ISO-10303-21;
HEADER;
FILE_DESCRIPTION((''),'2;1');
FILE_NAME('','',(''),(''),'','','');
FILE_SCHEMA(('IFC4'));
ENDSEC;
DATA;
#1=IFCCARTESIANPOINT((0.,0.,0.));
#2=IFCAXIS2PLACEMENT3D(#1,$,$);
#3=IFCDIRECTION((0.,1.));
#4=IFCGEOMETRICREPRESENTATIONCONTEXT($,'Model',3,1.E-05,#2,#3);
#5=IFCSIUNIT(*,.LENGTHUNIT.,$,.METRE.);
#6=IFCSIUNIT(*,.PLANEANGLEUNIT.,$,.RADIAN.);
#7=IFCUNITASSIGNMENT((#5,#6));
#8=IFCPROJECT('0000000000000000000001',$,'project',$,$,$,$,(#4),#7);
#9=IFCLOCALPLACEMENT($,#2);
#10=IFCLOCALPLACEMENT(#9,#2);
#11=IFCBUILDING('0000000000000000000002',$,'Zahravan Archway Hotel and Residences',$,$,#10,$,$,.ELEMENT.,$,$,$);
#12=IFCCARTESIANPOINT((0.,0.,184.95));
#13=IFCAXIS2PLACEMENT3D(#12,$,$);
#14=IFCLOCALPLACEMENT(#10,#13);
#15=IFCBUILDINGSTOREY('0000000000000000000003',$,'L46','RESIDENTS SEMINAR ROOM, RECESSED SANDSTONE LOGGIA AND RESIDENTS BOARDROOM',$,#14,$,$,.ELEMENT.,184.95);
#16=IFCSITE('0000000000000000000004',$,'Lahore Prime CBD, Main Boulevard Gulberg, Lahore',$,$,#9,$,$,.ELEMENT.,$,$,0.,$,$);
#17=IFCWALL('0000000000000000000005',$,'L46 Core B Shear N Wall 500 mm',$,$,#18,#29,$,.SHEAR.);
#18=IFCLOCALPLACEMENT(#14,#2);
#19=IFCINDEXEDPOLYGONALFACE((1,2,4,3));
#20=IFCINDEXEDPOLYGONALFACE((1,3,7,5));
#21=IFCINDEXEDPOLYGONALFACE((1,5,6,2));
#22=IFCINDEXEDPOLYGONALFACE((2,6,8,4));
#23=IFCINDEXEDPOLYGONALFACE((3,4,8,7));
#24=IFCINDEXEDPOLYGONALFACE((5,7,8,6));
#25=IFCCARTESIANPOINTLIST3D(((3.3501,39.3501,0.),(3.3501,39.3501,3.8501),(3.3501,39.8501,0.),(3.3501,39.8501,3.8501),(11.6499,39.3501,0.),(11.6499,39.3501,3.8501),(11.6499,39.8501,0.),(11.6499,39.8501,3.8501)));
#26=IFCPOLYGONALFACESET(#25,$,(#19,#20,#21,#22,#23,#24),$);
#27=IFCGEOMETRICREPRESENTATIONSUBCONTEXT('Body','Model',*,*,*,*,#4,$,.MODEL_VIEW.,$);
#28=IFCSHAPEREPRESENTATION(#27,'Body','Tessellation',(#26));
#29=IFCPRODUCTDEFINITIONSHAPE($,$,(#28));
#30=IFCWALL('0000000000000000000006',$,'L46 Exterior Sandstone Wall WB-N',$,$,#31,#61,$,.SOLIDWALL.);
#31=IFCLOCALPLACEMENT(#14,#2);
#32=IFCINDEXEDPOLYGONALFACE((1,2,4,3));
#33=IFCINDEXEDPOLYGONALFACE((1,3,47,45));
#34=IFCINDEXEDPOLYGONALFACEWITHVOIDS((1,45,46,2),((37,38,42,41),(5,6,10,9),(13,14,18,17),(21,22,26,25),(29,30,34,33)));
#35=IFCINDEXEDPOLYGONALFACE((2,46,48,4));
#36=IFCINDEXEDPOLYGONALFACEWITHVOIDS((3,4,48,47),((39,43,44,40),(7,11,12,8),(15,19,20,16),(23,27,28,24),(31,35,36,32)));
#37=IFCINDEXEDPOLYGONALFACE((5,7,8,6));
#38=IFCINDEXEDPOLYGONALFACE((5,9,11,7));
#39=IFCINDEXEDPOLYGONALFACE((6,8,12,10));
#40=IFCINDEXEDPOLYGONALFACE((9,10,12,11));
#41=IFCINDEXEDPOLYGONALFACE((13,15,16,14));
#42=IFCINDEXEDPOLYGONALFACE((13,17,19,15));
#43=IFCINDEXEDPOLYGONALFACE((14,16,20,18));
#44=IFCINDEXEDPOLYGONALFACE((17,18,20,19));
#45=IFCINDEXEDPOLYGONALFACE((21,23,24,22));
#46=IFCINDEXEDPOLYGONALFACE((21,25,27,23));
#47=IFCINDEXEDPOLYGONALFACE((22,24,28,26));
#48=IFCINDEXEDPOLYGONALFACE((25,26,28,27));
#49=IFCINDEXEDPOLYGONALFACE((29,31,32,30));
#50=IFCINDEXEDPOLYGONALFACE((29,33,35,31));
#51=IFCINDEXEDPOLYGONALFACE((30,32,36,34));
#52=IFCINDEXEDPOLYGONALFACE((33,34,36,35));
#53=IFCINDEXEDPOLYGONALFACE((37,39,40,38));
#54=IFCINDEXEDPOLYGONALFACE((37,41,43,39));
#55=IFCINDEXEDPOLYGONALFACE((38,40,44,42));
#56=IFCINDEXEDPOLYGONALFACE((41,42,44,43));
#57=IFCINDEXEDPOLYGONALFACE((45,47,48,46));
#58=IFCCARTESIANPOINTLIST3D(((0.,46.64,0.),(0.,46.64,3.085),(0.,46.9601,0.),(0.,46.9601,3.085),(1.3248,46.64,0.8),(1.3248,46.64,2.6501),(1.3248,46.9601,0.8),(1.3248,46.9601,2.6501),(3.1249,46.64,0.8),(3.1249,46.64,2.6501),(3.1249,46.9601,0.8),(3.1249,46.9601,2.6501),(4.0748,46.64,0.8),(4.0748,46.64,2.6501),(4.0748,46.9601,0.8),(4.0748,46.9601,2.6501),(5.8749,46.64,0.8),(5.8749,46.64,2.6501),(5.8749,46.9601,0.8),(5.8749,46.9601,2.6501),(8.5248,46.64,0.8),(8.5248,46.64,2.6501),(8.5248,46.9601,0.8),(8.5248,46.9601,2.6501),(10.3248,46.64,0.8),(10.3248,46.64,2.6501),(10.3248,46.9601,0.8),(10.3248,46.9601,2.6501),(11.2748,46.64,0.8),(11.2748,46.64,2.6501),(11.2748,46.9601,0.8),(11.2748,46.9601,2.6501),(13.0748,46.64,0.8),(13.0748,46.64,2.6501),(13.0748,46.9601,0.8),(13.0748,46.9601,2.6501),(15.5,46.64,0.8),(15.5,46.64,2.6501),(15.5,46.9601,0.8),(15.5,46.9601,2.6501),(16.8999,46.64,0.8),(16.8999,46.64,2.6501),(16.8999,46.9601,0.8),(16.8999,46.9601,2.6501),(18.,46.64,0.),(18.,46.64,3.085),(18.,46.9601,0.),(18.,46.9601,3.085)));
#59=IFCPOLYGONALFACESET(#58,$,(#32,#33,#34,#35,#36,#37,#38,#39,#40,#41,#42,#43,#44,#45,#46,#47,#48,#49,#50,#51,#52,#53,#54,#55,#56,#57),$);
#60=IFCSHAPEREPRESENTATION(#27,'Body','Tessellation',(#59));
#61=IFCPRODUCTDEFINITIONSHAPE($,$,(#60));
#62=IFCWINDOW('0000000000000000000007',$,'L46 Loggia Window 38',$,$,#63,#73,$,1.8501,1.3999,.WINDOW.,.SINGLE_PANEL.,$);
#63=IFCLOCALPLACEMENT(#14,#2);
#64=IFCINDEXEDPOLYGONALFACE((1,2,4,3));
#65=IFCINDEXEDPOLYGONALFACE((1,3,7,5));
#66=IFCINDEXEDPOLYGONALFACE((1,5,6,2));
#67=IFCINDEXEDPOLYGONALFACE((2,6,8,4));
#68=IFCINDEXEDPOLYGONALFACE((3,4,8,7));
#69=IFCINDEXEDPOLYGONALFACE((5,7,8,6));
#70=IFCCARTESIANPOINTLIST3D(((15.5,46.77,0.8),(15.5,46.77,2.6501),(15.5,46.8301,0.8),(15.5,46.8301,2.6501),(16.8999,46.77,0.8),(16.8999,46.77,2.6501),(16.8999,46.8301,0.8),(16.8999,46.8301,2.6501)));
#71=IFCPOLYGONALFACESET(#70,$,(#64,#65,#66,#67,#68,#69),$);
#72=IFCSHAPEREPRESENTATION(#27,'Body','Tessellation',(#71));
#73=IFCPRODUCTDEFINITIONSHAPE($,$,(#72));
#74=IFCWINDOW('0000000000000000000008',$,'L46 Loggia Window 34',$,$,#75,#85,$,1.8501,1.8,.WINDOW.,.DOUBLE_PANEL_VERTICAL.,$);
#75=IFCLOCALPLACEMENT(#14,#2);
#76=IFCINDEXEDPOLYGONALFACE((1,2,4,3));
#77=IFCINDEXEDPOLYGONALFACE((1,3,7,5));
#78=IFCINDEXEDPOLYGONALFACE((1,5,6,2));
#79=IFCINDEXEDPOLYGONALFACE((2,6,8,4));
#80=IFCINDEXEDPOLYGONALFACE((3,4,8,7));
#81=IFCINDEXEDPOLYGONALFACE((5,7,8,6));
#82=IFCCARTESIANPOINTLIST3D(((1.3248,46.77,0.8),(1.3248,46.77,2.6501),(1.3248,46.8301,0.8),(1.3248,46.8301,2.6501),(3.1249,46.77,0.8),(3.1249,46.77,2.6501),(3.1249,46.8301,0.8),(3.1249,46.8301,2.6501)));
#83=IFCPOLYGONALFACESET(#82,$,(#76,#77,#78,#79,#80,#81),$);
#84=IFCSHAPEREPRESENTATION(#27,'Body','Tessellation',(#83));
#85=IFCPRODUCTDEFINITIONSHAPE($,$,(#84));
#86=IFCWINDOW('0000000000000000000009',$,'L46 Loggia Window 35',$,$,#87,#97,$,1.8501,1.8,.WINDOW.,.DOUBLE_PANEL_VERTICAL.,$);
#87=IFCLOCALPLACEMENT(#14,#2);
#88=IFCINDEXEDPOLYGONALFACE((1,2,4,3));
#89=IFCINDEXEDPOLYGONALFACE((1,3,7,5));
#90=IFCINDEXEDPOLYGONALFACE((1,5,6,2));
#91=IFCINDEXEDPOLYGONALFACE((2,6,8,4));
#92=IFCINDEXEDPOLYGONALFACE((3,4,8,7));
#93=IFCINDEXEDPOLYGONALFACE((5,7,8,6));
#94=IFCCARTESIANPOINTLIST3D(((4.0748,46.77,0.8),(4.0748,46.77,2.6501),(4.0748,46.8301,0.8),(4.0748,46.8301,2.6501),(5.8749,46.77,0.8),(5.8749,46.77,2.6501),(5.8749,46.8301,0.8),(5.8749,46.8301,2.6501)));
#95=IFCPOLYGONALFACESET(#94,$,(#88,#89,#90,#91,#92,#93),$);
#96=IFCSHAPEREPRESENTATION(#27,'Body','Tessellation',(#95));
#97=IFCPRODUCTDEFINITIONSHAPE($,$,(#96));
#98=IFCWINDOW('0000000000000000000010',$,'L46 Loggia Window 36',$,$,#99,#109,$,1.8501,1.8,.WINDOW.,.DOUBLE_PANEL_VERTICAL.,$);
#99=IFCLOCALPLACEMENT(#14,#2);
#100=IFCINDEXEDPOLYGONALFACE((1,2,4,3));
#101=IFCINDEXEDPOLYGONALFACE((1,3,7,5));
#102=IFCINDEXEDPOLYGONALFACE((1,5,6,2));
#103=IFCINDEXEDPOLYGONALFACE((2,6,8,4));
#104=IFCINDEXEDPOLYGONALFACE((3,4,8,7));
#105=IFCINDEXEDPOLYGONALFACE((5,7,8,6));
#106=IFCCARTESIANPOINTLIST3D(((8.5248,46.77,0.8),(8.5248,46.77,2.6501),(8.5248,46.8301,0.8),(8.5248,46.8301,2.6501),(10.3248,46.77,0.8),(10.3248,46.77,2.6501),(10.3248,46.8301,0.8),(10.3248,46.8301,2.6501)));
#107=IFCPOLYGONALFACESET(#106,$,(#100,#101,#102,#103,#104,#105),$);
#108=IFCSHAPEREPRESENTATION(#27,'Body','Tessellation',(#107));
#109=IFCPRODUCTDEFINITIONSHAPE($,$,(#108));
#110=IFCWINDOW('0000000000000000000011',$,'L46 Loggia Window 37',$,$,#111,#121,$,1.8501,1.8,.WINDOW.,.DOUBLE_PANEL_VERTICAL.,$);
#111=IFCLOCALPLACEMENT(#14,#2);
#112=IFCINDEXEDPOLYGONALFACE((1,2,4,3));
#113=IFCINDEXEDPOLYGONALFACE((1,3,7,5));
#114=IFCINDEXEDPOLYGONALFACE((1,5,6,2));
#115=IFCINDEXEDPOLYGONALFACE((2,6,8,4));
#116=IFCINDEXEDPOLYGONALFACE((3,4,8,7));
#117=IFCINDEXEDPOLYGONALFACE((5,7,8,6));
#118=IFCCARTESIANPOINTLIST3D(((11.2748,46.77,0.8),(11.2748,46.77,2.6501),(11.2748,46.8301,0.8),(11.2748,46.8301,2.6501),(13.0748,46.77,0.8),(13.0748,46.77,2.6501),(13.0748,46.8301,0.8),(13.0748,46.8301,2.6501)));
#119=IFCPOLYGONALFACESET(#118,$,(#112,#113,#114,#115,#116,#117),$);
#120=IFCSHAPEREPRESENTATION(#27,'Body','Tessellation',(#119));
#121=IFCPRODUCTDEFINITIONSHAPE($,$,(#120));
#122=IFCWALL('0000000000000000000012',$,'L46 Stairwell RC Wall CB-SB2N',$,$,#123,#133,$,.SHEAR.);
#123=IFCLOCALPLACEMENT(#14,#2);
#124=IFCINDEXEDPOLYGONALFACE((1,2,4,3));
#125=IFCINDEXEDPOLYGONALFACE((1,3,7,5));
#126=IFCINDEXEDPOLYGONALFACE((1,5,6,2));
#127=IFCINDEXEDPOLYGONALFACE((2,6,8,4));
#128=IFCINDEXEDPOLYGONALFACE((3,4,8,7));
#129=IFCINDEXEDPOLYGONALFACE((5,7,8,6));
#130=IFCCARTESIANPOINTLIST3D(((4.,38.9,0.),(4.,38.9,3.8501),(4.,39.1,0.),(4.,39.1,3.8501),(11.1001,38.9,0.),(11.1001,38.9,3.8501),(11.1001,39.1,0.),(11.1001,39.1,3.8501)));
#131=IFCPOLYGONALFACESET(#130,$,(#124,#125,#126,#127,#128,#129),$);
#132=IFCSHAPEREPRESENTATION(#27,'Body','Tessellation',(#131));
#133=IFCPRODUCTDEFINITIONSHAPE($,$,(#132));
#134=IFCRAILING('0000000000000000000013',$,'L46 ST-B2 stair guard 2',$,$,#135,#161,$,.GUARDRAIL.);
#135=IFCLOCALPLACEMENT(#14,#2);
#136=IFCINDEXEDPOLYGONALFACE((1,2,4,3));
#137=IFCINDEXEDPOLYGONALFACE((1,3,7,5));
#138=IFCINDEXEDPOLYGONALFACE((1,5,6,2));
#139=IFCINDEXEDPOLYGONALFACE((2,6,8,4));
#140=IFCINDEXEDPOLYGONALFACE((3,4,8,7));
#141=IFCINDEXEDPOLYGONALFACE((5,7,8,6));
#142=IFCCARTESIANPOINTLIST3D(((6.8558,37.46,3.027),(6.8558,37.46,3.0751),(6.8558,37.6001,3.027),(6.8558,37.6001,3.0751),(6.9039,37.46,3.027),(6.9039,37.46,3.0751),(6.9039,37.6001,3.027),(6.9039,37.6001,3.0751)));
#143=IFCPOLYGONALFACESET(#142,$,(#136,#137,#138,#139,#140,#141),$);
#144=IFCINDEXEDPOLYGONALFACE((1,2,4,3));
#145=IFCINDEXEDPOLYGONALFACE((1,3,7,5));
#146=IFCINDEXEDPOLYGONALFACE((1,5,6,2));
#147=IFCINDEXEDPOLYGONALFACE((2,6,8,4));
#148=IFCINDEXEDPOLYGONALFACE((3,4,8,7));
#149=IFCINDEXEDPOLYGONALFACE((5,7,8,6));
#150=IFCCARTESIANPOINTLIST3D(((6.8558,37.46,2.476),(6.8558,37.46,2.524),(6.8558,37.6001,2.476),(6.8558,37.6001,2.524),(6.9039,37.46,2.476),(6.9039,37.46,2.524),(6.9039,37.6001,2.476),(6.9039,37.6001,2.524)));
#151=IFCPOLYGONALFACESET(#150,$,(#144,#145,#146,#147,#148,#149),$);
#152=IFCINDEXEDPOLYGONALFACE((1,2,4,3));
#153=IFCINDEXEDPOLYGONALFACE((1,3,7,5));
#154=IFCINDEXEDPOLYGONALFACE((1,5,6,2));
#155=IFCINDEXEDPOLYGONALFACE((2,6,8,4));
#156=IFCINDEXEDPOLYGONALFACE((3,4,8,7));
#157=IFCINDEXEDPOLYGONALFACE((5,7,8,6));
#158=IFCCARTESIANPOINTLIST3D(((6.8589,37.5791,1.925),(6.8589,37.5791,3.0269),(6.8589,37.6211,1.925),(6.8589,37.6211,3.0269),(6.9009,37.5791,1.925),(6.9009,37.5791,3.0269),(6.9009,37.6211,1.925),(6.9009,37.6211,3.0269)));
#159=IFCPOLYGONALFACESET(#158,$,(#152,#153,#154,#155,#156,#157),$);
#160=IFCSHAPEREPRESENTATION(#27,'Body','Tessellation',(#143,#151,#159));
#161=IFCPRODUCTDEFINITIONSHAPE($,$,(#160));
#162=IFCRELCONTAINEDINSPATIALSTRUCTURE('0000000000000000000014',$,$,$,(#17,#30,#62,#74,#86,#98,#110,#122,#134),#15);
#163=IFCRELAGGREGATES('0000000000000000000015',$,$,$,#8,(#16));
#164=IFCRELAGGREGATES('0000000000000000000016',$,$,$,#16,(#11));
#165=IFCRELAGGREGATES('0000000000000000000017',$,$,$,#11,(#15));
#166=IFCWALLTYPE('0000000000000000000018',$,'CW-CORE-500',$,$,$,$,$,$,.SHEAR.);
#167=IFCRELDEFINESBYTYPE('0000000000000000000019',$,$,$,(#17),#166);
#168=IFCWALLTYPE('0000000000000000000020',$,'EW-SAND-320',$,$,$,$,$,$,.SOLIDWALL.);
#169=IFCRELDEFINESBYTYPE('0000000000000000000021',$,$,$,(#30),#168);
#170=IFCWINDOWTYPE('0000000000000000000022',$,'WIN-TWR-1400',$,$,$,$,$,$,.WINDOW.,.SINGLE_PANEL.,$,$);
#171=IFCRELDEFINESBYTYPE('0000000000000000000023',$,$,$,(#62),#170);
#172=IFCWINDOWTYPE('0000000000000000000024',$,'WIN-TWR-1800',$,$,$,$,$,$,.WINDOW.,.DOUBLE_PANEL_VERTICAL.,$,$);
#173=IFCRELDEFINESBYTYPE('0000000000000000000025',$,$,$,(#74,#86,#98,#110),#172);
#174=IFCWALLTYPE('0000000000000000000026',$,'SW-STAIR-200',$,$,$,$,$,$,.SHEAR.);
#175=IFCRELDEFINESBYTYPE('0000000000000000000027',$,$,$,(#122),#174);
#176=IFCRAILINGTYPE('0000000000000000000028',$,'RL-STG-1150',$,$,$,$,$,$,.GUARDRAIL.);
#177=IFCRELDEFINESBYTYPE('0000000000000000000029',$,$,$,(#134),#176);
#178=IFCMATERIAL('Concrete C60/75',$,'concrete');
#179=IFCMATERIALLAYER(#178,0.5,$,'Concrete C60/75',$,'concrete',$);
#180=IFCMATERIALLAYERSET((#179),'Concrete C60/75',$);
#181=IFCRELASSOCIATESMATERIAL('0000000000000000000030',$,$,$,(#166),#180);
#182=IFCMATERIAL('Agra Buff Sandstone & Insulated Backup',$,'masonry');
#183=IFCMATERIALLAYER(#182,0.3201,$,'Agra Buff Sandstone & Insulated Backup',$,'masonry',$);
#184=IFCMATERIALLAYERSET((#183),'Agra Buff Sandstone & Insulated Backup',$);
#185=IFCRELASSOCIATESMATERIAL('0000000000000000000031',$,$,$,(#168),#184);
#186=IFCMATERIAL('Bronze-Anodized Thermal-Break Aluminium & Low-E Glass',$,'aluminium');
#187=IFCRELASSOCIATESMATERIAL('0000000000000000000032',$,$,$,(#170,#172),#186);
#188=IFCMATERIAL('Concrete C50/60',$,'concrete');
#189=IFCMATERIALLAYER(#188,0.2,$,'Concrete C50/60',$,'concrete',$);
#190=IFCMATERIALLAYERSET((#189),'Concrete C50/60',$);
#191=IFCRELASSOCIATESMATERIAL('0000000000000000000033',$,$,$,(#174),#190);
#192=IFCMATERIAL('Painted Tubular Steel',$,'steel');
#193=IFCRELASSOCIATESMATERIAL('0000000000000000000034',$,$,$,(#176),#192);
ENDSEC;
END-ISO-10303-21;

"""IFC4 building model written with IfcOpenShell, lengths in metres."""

from ifc_helpers import new_model, si_unit, direction, frame, frame_2d, origin, origin_2d, place, context, subcontext, project, spatial, rectangle, extrude, source, transform, mapped, material, layer, layer_set, type_object, type_shapes, element, fill, save


model = new_model("IFC4")

# Units and contexts
model_context = context("Model", 3, precision=1e-05, world=origin(), true_north=direction((0.0, 1.0)))
body_context = subcontext(model_context, "Body", "Model", "MODEL_VIEW")
ifc_project = project(units=[si_unit("LENGTHUNIT", "METRE"), si_unit("PLANEANGLEUNIT", "RADIAN")], contexts=[model_context])

# Site, building, storey
site_placement = place(None, origin())
site = spatial("IfcSite", under=ifc_project, at=site_placement, Name="Lahore Prime CBD, Main Boulevard Gulberg, Lahore", CompositionType="ELEMENT", RefElevation=0.0)
building_placement = place(site_placement, origin())
building = spatial("IfcBuilding", under=site, at=building_placement, Name="Zahravan Archway Hotel and Residences", CompositionType="ELEMENT")
storey_placement = place(building_placement, frame((0.0, 0.0, 184.95)))
storey = spatial("IfcBuildingStorey", under=building, at=storey_placement, Name="L46", Description="RESIDENTS SEMINAR ROOM, RECESSED SANDSTONE LOGGIA AND RESIDENTS BOARDROOM", CompositionType="ELEMENT", Elevation=184.95)

# Shared definitions
ifc_material_1 = material(Name="Concrete C60/75", Category="concrete")

# Wall
ifc_layer_1 = layer(ifc_material_1, 0.5, Name="Concrete C60/75", Category="concrete")
ifc_layer_set_1 = layer_set([ifc_layer_1], Name="Concrete C60/75")
wall_type_1 = type_object("IfcWallType", Name="CW-CORE-500", PredefinedType="SHEAR", material=ifc_layer_set_1)
wall_1_placement = place(storey_placement, frame((3.3501, 39.6001, 0.0), z_axis=(0.0, 0.0, 1.0), x_axis=(1.0, 0.0, 0.0)))
element("IfcWall", 1, at=wall_1_placement, inside=storey, type_object=wall_type_1, Name="L46 Core B Shear N Wall 500 mm", PredefinedType="SHEAR", context=body_context, shape_type="SweptSolid", body=[
    extrude(rectangle(XDim=8.2998, YDim=0.5, at=frame_2d((4.1499, 0.0))), origin(), (0.0, 0.0, 1.0), 3.8501),
])

# Wall, openings, windows
ifc_material_2 = material(Name="Agra Buff Sandstone & Insulated Backup", Category="masonry")
ifc_layer_2 = layer(ifc_material_2, 0.3201, Name="Agra Buff Sandstone & Insulated Backup", Category="masonry")
ifc_layer_set_2 = layer_set([ifc_layer_2], Name="Agra Buff Sandstone & Insulated Backup")
wall_type_2 = type_object("IfcWallType", Name="EW-SAND-320", PredefinedType="SOLIDWALL", material=ifc_layer_set_2)
wall_2_placement = place(storey_placement, frame((0.0, 46.8, 0.0), z_axis=(0.0, 0.0, 1.0), x_axis=(1.0, 0.0, 0.0)))
wall_2 = element("IfcWall", 2, at=wall_2_placement, inside=storey, type_object=wall_type_2, Name="L46 Exterior Sandstone Wall WB-N", PredefinedType="SOLIDWALL", context=body_context, shape_type="SweptSolid", body=[
    extrude(rectangle(XDim=18.0, YDim=0.3201, at=frame_2d((9.0, 0.0))), origin(), (0.0, 0.0, 1.0), 3.085),
])
opening_1_placement = place(wall_2_placement, frame((1.325, 0.0, 0.8)))
opening_1 = element("IfcOpeningElement", 3, at=opening_1_placement, cuts=wall_2, PredefinedType="OPENING", context=body_context, shape_type="SweptSolid", body=[
    extrude(rectangle(XDim=1.8, YDim=1.8501, at=frame_2d((0.8999, 0.925))), frame((0.0, 0.1699, 0.0), z_axis=(0.0, -1.0, 0.0), x_axis=(1.0, 0.0, 0.0)), (0.0, 0.0, 1.0), 0.3401),
])
opening_2_placement = place(wall_2_placement, frame((4.075, 0.0, 0.8)))
opening_2 = element("IfcOpeningElement", 4, at=opening_2_placement, cuts=wall_2, PredefinedType="OPENING", context=body_context, shape_type="SweptSolid", body=[
    extrude(rectangle(XDim=1.8, YDim=1.8501, at=frame_2d((0.8999, 0.925))), frame((0.0, 0.1699, 0.0), z_axis=(0.0, -1.0, 0.0), x_axis=(1.0, 0.0, 0.0)), (0.0, 0.0, 1.0), 0.3401),
])
opening_3_placement = place(wall_2_placement, frame((8.5249, 0.0, 0.8)))
opening_3 = element("IfcOpeningElement", 5, at=opening_3_placement, cuts=wall_2, PredefinedType="OPENING", context=body_context, shape_type="SweptSolid", body=[
    extrude(rectangle(XDim=1.8, YDim=1.8501, at=frame_2d((0.8999, 0.925))), frame((0.0, 0.1699, 0.0), z_axis=(0.0, -1.0, 0.0), x_axis=(1.0, 0.0, 0.0)), (0.0, 0.0, 1.0), 0.3401),
])
opening_4_placement = place(wall_2_placement, frame((11.2749, 0.0, 0.8)))
opening_4 = element("IfcOpeningElement", 6, at=opening_4_placement, cuts=wall_2, PredefinedType="OPENING", context=body_context, shape_type="SweptSolid", body=[
    extrude(rectangle(XDim=1.8, YDim=1.8501, at=frame_2d((0.8999, 0.925))), frame((0.0, 0.1699, 0.0), z_axis=(0.0, -1.0, 0.0), x_axis=(1.0, 0.0, 0.0)), (0.0, 0.0, 1.0), 0.3401),
])
opening_5_placement = place(wall_2_placement, frame((15.5, 0.0, 0.8)))
opening_5 = element("IfcOpeningElement", 7, at=opening_5_placement, cuts=wall_2, PredefinedType="OPENING", context=body_context, shape_type="SweptSolid", body=[
    extrude(rectangle(XDim=1.3999, YDim=1.8501, at=frame_2d((0.7, 0.925))), frame((0.0, 0.1699, 0.0), z_axis=(0.0, -1.0, 0.0), x_axis=(1.0, 0.0, 0.0)), (0.0, 0.0, 1.0), 0.3401),
])
ifc_material_3 = material(Name="Bronze-Anodized Thermal-Break Aluminium & Low-E Glass", Category="aluminium")
window_type_1 = type_object("IfcWindowType", Name="WIN-TWR-1400", PartitioningType="SINGLE_PANEL", PredefinedType="WINDOW", material=ifc_material_3)
shared_shape_1 = source(origin(), body_context, "Body", "SweptSolid", [
    extrude(rectangle(XDim=1.3999, YDim=1.8501, at=frame_2d((0.7, 0.925))), frame((0.0, 0.03, 0.0), z_axis=(0.0, -1.0, 0.0), x_axis=(1.0, 0.0, 0.0)), (0.0, 0.0, 1.0), 0.0601),
])
type_shapes(window_type_1, [shared_shape_1])
window_1_placement = place(opening_5_placement, origin())
window_1 = element("IfcWindow", 8, at=window_1_placement, inside=storey, type_object=window_type_1, Name="L46 Loggia Window 38", OverallHeight=1.8501, OverallWidth=1.3999, PartitioningType="SINGLE_PANEL", PredefinedType="WINDOW", context=body_context, shape_type="MappedRepresentation", body=[
    mapped(shared_shape_1, transform((0.0, 0.0, 0.0), scale=1.0)),
])
fill(opening_5, window_1)
window_type_2 = type_object("IfcWindowType", Name="WIN-TWR-1800", PartitioningType="DOUBLE_PANEL_VERTICAL", PredefinedType="WINDOW", material=ifc_material_3)
shared_shape_2 = source(origin(), body_context, "Body", "SweptSolid", [
    extrude(rectangle(XDim=1.8, YDim=1.8501, at=frame_2d((0.8999, 0.925))), frame((0.0, 0.03, 0.0), z_axis=(0.0, -1.0, 0.0), x_axis=(1.0, 0.0, 0.0)), (0.0, 0.0, 1.0), 0.0601),
])
type_shapes(window_type_2, [shared_shape_2])
window_2_placement = place(opening_1_placement, origin())
window_2 = element("IfcWindow", 9, at=window_2_placement, inside=storey, type_object=window_type_2, Name="L46 Loggia Window 34", OverallHeight=1.8501, OverallWidth=1.8, PartitioningType="DOUBLE_PANEL_VERTICAL", PredefinedType="WINDOW", context=body_context, shape_type="MappedRepresentation", body=[
    mapped(shared_shape_2, transform((0.0, 0.0, 0.0), scale=1.0)),
])
fill(opening_1, window_2)
window_3_placement = place(opening_2_placement, origin())
window_3 = element("IfcWindow", 10, at=window_3_placement, inside=storey, type_object=window_type_2, Name="L46 Loggia Window 35", OverallHeight=1.8501, OverallWidth=1.8, PartitioningType="DOUBLE_PANEL_VERTICAL", PredefinedType="WINDOW", context=body_context, shape_type="MappedRepresentation", body=[
    mapped(shared_shape_2, transform((0.0, 0.0, 0.0), scale=1.0)),
])
fill(opening_2, window_3)
window_4_placement = place(opening_3_placement, origin())
window_4 = element("IfcWindow", 11, at=window_4_placement, inside=storey, type_object=window_type_2, Name="L46 Loggia Window 36", OverallHeight=1.8501, OverallWidth=1.8, PartitioningType="DOUBLE_PANEL_VERTICAL", PredefinedType="WINDOW", context=body_context, shape_type="MappedRepresentation", body=[
    mapped(shared_shape_2, transform((0.0, 0.0, 0.0), scale=1.0)),
])
fill(opening_3, window_4)
window_5_placement = place(opening_4_placement, origin())
window_5 = element("IfcWindow", 12, at=window_5_placement, inside=storey, type_object=window_type_2, Name="L46 Loggia Window 37", OverallHeight=1.8501, OverallWidth=1.8, PartitioningType="DOUBLE_PANEL_VERTICAL", PredefinedType="WINDOW", context=body_context, shape_type="MappedRepresentation", body=[
    mapped(shared_shape_2, transform((0.0, 0.0, 0.0), scale=1.0)),
])
fill(opening_4, window_5)

# Wall
ifc_material_4 = material(Name="Concrete C50/60", Category="concrete")
ifc_layer_3 = layer(ifc_material_4, 0.2, Name="Concrete C50/60", Category="concrete")
ifc_layer_set_3 = layer_set([ifc_layer_3], Name="Concrete C50/60")
wall_type_3 = type_object("IfcWallType", Name="SW-STAIR-200", PredefinedType="SHEAR", material=ifc_layer_set_3)
wall_3_placement = place(storey_placement, frame((4.0, 39.0, 0.0), z_axis=(0.0, 0.0, 1.0), x_axis=(1.0, 0.0, 0.0)))
element("IfcWall", 13, at=wall_3_placement, inside=storey, type_object=wall_type_3, Name="L46 Stairwell RC Wall CB-SB2N", PredefinedType="SHEAR", context=body_context, shape_type="SweptSolid", body=[
    extrude(rectangle(XDim=7.1001, YDim=0.2, at=frame_2d((3.55, 0.0))), origin(), (0.0, 0.0, 1.0), 3.8501),
])

# Railing
ifc_material_5 = material(Name="Painted Tubular Steel", Category="steel")
railing_type_1 = type_object("IfcRailingType", Name="RL-STG-1150", PredefinedType="GUARDRAIL", material=ifc_material_5)
railing_1_placement = place(storey_placement, frame((6.8799, 37.6001, 1.925)))
element("IfcRailing", 14, at=railing_1_placement, inside=storey, type_object=railing_type_1, Name="L46 ST-B2 stair guard 2", PredefinedType="GUARDRAIL", context=body_context, shape_type="SweptSolid", body=[
    extrude(rectangle(XDim=0.0481, YDim=0.0481, at=origin_2d()), frame((0.0, 0.0, 1.126), z_axis=(0.0, -1.0, 0.0), x_axis=(1.0, 0.0, 0.0)), (0.0, 0.0, 1.0), 0.1401),
    extrude(rectangle(XDim=0.0481, YDim=0.0481, at=origin_2d()), frame((0.0, 0.0, 0.575), z_axis=(0.0, -1.0, 0.0), x_axis=(1.0, 0.0, 0.0)), (0.0, 0.0, 1.0), 0.1401),
    extrude(rectangle(XDim=0.042, YDim=0.042, at=origin_2d()), origin(), (0.0, 0.0, 1.0), 1.1018),
])

save(model, "model.ifc")
